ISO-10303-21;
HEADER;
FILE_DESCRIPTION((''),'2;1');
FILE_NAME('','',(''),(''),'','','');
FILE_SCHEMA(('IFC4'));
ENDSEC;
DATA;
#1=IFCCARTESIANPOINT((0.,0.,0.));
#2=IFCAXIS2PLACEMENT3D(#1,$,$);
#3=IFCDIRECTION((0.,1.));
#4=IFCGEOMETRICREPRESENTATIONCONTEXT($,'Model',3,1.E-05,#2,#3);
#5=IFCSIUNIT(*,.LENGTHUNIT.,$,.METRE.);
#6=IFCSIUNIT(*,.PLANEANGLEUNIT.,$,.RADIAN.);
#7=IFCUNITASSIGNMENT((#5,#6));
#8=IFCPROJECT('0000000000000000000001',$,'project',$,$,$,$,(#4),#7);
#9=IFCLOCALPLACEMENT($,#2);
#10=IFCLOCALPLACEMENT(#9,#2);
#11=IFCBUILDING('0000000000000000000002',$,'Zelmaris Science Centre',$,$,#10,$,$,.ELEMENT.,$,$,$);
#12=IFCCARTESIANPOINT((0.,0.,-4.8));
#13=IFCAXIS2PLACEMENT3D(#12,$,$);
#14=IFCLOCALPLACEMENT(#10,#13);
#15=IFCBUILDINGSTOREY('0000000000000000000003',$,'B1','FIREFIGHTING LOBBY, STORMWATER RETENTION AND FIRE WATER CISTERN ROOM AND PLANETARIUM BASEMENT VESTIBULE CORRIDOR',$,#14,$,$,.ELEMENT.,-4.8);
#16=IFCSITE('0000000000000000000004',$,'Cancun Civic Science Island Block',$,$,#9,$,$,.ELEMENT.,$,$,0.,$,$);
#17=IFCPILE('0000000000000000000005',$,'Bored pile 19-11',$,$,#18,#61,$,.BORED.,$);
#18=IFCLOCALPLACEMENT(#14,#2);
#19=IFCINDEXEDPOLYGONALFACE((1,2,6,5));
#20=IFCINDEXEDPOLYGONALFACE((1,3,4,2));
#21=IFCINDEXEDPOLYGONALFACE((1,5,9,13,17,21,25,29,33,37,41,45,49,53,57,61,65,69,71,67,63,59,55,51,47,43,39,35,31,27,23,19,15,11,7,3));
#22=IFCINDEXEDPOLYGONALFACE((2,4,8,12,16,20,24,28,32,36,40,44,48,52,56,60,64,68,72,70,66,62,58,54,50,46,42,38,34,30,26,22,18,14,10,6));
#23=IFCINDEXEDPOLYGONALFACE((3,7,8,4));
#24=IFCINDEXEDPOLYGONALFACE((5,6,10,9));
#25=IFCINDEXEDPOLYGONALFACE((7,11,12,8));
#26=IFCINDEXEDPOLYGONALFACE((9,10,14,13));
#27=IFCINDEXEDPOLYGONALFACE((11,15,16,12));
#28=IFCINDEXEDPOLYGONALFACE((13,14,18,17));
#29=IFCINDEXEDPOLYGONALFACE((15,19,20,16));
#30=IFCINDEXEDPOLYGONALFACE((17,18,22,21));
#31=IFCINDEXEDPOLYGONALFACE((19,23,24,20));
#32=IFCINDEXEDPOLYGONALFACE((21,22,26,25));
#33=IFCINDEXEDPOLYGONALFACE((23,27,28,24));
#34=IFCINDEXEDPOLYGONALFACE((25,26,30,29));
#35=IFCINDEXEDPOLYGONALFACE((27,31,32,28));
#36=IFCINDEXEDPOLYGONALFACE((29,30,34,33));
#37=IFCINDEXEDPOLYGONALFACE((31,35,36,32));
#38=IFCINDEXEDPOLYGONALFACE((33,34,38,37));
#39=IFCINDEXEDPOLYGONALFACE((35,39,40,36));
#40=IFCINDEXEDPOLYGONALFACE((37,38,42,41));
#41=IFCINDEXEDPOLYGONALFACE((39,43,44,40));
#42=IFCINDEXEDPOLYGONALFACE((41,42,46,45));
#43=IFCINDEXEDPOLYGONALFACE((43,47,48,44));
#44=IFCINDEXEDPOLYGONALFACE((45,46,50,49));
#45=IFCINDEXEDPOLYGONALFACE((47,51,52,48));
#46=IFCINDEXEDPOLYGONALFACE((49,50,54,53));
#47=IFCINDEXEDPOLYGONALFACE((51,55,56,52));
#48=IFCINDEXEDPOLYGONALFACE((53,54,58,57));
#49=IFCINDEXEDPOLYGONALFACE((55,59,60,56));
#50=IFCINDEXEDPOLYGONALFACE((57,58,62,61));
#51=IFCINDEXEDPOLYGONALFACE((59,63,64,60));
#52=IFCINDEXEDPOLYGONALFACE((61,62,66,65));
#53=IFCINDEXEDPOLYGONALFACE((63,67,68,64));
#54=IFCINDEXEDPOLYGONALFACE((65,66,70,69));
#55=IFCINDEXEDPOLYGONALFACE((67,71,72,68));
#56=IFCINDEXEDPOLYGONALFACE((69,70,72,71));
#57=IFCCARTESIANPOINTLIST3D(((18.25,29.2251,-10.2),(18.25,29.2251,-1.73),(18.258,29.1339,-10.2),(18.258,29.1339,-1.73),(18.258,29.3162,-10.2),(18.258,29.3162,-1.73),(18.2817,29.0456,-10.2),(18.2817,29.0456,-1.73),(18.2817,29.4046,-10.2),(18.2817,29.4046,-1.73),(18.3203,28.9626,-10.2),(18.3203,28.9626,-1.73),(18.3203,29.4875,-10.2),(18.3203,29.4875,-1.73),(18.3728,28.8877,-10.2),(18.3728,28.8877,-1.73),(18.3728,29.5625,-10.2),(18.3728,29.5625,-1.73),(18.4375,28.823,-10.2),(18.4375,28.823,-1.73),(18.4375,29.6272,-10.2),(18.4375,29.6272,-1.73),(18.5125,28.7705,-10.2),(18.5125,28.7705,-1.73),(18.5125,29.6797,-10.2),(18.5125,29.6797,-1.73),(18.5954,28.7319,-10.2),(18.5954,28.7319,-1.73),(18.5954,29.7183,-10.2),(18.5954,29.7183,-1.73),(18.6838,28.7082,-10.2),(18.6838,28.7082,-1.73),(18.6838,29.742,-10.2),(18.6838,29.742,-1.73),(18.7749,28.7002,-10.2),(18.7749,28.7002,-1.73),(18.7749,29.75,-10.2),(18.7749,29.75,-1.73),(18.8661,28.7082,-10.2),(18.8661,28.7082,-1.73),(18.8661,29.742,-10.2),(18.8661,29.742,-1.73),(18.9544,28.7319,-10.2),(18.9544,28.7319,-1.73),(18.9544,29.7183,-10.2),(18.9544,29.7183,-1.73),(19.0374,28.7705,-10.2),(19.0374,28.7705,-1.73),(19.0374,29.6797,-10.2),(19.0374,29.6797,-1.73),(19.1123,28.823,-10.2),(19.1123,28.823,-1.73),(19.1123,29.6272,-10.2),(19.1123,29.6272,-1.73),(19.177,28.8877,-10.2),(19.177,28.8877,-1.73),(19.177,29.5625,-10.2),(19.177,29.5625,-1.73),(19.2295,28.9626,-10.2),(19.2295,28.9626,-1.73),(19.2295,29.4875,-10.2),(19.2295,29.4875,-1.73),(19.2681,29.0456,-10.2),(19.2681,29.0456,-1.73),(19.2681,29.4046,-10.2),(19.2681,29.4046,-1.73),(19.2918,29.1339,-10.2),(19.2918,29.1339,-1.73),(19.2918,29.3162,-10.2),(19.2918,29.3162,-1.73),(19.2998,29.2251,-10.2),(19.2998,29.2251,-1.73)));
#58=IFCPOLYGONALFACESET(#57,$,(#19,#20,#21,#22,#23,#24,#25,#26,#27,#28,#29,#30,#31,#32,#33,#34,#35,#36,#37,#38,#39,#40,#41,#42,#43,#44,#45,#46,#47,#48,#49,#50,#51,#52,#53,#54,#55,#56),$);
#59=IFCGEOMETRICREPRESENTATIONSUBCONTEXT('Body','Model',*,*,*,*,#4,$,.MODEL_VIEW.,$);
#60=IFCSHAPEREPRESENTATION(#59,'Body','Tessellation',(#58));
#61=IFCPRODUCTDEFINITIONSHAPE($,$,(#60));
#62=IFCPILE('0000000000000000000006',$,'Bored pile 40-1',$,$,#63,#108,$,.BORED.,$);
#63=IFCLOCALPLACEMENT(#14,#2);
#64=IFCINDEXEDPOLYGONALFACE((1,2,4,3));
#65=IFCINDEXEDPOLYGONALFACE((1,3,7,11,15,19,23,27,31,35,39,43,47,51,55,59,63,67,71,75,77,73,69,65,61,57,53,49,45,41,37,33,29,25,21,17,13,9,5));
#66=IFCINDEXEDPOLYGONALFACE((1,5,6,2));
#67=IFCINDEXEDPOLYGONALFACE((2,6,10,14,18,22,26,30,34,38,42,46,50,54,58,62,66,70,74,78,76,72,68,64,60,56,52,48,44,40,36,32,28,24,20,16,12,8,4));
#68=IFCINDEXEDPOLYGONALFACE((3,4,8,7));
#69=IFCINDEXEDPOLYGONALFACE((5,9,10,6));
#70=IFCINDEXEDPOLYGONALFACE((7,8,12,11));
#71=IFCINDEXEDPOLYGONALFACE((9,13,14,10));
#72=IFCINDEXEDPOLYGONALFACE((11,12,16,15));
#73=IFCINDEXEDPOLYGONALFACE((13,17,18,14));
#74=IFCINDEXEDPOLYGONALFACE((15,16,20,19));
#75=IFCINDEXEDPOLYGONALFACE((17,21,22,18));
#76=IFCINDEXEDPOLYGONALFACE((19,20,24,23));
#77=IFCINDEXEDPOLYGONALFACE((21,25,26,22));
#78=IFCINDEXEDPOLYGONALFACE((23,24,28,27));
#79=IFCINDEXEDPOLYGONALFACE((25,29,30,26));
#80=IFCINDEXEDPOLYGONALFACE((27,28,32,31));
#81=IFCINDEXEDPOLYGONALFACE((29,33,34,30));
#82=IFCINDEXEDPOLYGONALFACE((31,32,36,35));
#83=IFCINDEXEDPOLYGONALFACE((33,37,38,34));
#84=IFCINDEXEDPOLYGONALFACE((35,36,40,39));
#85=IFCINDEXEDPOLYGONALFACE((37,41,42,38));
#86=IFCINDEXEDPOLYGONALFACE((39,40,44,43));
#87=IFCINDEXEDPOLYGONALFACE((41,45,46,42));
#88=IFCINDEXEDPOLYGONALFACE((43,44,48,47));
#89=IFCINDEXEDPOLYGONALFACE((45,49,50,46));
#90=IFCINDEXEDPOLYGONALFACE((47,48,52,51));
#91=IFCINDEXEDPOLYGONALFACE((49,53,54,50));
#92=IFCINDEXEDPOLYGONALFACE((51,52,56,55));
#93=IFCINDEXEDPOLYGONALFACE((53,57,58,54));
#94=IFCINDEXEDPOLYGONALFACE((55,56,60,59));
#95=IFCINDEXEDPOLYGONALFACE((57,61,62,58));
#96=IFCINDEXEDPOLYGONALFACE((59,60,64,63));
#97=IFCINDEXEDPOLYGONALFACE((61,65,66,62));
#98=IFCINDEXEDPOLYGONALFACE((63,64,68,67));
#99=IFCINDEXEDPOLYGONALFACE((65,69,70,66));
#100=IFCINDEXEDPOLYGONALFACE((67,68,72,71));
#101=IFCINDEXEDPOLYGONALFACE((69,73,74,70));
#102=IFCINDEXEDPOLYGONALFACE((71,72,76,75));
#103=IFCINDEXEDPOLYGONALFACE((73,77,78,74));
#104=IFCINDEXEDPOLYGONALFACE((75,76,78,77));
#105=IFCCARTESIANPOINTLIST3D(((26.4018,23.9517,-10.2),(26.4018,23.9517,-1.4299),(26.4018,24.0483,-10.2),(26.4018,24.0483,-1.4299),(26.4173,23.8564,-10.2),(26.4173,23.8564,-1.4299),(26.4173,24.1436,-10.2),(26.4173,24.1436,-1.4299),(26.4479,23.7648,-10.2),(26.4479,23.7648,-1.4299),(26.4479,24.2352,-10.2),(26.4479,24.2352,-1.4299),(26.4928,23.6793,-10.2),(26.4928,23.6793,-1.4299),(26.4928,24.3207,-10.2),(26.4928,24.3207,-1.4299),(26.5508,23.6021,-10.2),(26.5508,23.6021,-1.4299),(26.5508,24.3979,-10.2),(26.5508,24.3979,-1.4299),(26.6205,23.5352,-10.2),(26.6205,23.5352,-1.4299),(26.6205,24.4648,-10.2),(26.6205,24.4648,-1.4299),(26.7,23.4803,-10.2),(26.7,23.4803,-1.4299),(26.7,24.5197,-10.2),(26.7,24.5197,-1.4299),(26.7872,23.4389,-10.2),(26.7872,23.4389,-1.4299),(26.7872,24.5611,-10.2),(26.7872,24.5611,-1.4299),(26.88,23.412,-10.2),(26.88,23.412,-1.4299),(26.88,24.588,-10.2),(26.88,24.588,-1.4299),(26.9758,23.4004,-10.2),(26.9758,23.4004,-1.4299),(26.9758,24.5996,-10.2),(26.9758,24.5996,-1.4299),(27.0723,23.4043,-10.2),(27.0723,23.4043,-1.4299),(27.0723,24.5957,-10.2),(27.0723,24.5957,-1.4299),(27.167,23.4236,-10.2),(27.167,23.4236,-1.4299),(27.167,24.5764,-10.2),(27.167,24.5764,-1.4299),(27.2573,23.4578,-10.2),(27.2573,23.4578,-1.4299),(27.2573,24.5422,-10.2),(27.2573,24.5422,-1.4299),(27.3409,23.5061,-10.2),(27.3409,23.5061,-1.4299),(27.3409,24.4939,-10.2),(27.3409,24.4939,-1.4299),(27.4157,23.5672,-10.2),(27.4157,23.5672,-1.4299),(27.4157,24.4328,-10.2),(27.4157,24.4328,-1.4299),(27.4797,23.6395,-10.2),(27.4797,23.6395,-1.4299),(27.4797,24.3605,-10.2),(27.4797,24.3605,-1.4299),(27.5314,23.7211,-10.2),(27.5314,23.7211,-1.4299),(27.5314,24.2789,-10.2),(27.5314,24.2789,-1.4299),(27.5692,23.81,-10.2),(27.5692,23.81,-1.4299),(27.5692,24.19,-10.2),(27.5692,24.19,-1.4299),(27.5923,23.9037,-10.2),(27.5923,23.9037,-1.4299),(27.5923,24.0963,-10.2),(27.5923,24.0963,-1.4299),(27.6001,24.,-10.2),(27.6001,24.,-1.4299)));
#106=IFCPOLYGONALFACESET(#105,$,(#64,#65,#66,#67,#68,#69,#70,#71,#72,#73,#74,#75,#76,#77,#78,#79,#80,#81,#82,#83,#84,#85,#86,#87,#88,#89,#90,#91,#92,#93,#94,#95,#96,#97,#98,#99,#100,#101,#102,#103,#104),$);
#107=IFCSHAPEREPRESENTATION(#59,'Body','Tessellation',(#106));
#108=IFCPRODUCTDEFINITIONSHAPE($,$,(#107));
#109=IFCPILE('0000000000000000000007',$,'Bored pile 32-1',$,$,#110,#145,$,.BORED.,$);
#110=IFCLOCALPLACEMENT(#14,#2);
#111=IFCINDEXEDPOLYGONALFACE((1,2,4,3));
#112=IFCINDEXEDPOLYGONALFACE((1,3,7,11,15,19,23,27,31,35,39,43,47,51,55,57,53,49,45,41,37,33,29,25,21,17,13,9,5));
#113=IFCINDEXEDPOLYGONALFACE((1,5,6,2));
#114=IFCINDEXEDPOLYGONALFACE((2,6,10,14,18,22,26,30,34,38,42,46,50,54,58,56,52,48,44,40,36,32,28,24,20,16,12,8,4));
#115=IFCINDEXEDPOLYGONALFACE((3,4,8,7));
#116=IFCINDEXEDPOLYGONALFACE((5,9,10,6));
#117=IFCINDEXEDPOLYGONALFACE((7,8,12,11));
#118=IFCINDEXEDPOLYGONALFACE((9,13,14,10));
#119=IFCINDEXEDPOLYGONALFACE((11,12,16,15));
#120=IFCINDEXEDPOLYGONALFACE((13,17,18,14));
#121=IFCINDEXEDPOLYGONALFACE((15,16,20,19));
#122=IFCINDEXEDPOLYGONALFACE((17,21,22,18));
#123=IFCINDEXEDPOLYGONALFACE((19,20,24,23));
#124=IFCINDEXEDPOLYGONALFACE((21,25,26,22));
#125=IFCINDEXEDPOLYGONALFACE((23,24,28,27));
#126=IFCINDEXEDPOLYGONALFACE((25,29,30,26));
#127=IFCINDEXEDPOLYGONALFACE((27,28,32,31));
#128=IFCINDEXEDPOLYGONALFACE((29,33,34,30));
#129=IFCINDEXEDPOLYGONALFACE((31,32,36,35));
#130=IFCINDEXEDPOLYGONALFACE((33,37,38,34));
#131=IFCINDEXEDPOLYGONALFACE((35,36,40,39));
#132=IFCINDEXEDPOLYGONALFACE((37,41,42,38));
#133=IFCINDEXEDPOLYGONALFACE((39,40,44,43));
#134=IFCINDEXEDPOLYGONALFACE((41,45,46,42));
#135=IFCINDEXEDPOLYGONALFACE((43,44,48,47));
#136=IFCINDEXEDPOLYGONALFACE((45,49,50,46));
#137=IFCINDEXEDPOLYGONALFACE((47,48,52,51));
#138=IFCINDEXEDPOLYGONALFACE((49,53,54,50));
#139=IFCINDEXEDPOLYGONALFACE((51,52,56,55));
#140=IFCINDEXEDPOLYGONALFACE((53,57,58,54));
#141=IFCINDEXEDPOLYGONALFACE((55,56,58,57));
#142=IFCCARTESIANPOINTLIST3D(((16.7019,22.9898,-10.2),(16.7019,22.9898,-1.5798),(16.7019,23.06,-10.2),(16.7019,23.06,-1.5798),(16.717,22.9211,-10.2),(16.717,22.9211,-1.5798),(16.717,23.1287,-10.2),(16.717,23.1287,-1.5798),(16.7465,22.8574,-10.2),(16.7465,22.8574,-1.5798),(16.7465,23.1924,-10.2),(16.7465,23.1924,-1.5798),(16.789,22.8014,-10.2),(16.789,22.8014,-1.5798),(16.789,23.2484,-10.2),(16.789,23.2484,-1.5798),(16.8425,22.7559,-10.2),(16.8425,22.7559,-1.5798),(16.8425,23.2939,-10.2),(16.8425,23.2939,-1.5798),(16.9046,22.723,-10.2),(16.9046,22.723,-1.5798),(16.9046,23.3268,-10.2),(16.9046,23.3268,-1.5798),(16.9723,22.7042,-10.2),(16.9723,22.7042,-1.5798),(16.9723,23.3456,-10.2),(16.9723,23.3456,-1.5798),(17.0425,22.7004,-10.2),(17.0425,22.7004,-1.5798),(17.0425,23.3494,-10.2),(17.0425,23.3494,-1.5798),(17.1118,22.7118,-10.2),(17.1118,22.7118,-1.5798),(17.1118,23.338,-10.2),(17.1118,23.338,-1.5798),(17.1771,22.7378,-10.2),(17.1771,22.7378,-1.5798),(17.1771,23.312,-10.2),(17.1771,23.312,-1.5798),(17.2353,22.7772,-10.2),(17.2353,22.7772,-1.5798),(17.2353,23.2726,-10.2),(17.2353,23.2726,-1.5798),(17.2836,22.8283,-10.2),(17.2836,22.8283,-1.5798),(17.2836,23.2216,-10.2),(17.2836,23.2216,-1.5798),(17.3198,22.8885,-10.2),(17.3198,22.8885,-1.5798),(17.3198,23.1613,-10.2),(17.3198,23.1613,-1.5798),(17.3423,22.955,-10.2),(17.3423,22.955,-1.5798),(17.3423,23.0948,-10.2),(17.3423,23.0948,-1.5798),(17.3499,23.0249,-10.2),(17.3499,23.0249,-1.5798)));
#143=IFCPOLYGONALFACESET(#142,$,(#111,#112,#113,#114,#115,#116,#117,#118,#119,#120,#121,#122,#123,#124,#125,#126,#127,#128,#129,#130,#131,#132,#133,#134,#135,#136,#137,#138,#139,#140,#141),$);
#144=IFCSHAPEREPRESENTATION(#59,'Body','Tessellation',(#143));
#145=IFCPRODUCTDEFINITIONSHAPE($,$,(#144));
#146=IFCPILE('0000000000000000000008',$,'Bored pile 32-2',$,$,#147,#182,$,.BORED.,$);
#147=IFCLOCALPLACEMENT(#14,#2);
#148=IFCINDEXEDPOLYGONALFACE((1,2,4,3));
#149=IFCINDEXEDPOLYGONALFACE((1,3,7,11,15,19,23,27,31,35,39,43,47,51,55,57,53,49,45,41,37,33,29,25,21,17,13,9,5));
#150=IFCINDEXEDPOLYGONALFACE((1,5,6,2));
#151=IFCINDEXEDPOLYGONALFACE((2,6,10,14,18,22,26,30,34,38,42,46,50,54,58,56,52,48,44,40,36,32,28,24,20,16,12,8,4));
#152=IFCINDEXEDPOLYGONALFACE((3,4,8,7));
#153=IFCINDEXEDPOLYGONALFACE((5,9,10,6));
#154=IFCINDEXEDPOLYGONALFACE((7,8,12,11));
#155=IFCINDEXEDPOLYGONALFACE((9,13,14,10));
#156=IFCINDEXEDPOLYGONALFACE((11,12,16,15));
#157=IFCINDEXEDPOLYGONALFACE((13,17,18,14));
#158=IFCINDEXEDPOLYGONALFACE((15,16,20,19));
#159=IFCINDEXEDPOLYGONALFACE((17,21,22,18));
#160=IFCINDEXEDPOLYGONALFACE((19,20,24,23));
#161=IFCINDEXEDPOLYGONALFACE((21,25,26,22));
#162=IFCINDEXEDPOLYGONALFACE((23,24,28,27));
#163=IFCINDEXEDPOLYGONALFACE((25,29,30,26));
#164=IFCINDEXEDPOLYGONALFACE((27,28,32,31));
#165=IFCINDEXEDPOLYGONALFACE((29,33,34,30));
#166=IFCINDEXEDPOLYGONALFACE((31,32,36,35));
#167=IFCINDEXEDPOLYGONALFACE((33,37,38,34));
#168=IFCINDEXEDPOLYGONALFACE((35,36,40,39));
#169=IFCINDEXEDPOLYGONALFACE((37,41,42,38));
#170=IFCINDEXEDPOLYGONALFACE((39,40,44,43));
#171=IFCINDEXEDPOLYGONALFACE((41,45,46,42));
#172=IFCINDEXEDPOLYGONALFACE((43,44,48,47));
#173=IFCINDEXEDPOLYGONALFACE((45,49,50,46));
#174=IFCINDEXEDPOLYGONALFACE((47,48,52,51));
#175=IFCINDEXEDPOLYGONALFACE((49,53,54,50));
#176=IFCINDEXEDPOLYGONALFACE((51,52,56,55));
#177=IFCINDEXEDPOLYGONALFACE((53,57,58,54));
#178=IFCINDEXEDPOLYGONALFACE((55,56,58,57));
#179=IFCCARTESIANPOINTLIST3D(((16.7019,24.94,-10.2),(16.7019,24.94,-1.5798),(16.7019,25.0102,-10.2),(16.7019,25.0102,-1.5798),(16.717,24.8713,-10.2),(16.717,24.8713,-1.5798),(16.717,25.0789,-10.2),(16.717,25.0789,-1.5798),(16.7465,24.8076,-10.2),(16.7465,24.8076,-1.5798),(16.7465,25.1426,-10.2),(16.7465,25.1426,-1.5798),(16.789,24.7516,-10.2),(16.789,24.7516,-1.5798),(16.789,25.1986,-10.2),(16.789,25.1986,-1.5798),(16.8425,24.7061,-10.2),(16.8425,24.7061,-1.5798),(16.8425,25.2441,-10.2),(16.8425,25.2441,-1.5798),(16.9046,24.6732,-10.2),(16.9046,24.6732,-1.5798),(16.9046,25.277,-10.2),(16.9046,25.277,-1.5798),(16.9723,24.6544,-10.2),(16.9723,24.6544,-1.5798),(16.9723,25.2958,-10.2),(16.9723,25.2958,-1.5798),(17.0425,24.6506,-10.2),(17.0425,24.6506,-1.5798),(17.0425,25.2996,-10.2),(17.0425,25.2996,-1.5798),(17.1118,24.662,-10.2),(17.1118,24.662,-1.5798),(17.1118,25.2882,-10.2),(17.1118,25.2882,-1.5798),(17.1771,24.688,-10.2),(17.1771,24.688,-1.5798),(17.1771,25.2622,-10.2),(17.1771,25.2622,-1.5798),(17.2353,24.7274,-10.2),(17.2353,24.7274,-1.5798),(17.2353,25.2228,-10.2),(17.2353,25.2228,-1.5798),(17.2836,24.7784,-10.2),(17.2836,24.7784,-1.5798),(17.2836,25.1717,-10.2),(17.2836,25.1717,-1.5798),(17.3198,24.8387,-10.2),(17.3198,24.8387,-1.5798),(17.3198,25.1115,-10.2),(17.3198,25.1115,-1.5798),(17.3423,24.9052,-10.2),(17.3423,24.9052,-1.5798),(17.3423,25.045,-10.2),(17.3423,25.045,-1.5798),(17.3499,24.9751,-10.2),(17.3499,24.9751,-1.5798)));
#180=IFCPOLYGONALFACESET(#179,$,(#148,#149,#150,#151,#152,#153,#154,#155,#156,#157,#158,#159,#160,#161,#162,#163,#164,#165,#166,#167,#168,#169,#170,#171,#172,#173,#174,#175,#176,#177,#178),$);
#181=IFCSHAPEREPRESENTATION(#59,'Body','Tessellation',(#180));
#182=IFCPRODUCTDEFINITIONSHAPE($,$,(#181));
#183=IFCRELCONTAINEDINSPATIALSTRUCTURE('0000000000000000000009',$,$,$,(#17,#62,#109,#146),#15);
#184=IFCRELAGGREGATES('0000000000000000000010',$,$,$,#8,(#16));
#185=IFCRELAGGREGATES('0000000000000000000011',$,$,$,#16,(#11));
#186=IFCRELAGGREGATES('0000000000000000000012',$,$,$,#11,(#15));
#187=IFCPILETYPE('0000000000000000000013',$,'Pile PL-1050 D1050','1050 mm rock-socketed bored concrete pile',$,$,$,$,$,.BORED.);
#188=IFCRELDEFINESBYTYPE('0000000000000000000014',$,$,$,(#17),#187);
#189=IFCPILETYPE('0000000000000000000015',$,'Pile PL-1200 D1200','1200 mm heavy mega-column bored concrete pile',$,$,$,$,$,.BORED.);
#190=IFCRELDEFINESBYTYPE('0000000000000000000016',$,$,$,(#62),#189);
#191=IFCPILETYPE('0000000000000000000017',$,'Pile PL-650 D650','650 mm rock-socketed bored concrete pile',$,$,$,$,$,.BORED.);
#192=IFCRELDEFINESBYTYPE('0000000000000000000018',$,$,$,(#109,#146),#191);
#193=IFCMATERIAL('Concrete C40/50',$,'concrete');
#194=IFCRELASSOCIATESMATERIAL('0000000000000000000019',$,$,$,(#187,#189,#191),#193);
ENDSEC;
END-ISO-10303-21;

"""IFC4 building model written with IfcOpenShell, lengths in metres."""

from ifc_helpers import new_model, si_unit, direction, frame, origin, origin_2d, place, context, subcontext, project, spatial, circle, extrude, material, material_profile, profile_set, type_object, element, save


model = new_model("IFC4")

# Units and contexts
model_context = context("Model", 3, precision=1e-05, world=origin(), true_north=direction((0.0, 1.0)))
body_context = subcontext(model_context, "Body", "Model", "MODEL_VIEW")
ifc_project = project(units=[si_unit("LENGTHUNIT", "METRE"), si_unit("PLANEANGLEUNIT", "RADIAN")], contexts=[model_context])

# Site, building, storey
site_placement = place(None, origin())
site = spatial("IfcSite", under=ifc_project, at=site_placement, Name="Cancun Civic Science Island Block", CompositionType="ELEMENT", RefElevation=0.0)
building_placement = place(site_placement, origin())
building = spatial("IfcBuilding", under=site, at=building_placement, Name="Zelmaris Science Centre", CompositionType="ELEMENT")
storey_placement = place(building_placement, frame((0.0, 0.0, -4.8)))
storey = spatial("IfcBuildingStorey", under=building, at=storey_placement, Name="B1", Description="FIREFIGHTING LOBBY, STORMWATER RETENTION AND FIRE WATER CISTERN ROOM AND PLANETARIUM BASEMENT VESTIBULE CORRIDOR", CompositionType="ELEMENT", Elevation=-4.8)

# Shared definitions
ifc_material_1 = material(Name="Concrete C40/50", Category="concrete")

# Piles
ifc_material_profile_1 = material_profile(ifc_material_1, circle(Radius=0.5249, at=origin_2d()), Name="PILE-1050")
ifc_profile_set_1 = profile_set([ifc_material_profile_1], Name="Concrete C40/50")
pile_type_1 = type_object("IfcPileType", Name="Pile PL-1050 D1050", Description="1050 mm rock-socketed bored concrete pile", PredefinedType="BORED", material=ifc_profile_set_1)
for number, where, z_axis, x_axis, name in (
    (1, (18.7749, 29.2251, -1.73), (0.0, 0.0, -1.0), (1.0, 0.0, 0.0), "Bored pile 19-11"),
):
    element("IfcPile", number, at=place(storey_placement, frame(where, z_axis=z_axis, x_axis=x_axis)), inside=storey, type_object=pile_type_1, Name=name, PredefinedType="BORED", context=body_context, shape_type="SweptSolid", body=[
        extrude(circle(Radius=0.5249, at=origin_2d()), origin(), (0.0, 0.0, 1.0), 8.47),
    ])
ifc_material_profile_2 = material_profile(ifc_material_1, circle(Radius=0.6001, at=origin_2d()), Name="PILE-1200")
ifc_profile_set_2 = profile_set([ifc_material_profile_2], Name="Concrete C40/50")
pile_type_2 = type_object("IfcPileType", Name="Pile PL-1200 D1200", Description="1200 mm heavy mega-column bored concrete pile", PredefinedType="BORED", material=ifc_profile_set_2)
pile_placement = place(storey_placement, frame((27.0, 24.0, -1.4299), z_axis=(0.0, 0.0, -1.0), x_axis=(1.0, 0.0, 0.0)))
element("IfcPile", 2, at=pile_placement, inside=storey, type_object=pile_type_2, Name="Bored pile 40-1", PredefinedType="BORED", context=body_context, shape_type="SweptSolid", body=[
    extrude(circle(Radius=0.6001, at=origin_2d()), origin(), (0.0, 0.0, 1.0), 8.77),
])
ifc_material_profile_3 = material_profile(ifc_material_1, circle(Radius=0.325, at=origin_2d()), Name="PILE-650")
ifc_profile_set_3 = profile_set([ifc_material_profile_3], Name="Concrete C40/50")
pile_type_3 = type_object("IfcPileType", Name="Pile PL-650 D650", Description="650 mm rock-socketed bored concrete pile", PredefinedType="BORED", material=ifc_profile_set_3)
for number, where, z_axis, x_axis, name in (
    (3, (17.0249, 23.0249, -1.5798), (0.0, 0.0, -1.0), (1.0, 0.0, 0.0), "Bored pile 32-1"),
    (4, (17.0249, 24.9751, -1.5798), (0.0, 0.0, -1.0), (1.0, 0.0, 0.0), "Bored pile 32-2"),
):
    element("IfcPile", number, at=place(storey_placement, frame(where, z_axis=z_axis, x_axis=x_axis)), inside=storey, type_object=pile_type_3, Name=name, PredefinedType="BORED", context=body_context, shape_type="SweptSolid", body=[
        extrude(circle(Radius=0.325, at=origin_2d()), origin(), (0.0, 0.0, 1.0), 8.6201),
    ])

save(model, "model.ifc")
